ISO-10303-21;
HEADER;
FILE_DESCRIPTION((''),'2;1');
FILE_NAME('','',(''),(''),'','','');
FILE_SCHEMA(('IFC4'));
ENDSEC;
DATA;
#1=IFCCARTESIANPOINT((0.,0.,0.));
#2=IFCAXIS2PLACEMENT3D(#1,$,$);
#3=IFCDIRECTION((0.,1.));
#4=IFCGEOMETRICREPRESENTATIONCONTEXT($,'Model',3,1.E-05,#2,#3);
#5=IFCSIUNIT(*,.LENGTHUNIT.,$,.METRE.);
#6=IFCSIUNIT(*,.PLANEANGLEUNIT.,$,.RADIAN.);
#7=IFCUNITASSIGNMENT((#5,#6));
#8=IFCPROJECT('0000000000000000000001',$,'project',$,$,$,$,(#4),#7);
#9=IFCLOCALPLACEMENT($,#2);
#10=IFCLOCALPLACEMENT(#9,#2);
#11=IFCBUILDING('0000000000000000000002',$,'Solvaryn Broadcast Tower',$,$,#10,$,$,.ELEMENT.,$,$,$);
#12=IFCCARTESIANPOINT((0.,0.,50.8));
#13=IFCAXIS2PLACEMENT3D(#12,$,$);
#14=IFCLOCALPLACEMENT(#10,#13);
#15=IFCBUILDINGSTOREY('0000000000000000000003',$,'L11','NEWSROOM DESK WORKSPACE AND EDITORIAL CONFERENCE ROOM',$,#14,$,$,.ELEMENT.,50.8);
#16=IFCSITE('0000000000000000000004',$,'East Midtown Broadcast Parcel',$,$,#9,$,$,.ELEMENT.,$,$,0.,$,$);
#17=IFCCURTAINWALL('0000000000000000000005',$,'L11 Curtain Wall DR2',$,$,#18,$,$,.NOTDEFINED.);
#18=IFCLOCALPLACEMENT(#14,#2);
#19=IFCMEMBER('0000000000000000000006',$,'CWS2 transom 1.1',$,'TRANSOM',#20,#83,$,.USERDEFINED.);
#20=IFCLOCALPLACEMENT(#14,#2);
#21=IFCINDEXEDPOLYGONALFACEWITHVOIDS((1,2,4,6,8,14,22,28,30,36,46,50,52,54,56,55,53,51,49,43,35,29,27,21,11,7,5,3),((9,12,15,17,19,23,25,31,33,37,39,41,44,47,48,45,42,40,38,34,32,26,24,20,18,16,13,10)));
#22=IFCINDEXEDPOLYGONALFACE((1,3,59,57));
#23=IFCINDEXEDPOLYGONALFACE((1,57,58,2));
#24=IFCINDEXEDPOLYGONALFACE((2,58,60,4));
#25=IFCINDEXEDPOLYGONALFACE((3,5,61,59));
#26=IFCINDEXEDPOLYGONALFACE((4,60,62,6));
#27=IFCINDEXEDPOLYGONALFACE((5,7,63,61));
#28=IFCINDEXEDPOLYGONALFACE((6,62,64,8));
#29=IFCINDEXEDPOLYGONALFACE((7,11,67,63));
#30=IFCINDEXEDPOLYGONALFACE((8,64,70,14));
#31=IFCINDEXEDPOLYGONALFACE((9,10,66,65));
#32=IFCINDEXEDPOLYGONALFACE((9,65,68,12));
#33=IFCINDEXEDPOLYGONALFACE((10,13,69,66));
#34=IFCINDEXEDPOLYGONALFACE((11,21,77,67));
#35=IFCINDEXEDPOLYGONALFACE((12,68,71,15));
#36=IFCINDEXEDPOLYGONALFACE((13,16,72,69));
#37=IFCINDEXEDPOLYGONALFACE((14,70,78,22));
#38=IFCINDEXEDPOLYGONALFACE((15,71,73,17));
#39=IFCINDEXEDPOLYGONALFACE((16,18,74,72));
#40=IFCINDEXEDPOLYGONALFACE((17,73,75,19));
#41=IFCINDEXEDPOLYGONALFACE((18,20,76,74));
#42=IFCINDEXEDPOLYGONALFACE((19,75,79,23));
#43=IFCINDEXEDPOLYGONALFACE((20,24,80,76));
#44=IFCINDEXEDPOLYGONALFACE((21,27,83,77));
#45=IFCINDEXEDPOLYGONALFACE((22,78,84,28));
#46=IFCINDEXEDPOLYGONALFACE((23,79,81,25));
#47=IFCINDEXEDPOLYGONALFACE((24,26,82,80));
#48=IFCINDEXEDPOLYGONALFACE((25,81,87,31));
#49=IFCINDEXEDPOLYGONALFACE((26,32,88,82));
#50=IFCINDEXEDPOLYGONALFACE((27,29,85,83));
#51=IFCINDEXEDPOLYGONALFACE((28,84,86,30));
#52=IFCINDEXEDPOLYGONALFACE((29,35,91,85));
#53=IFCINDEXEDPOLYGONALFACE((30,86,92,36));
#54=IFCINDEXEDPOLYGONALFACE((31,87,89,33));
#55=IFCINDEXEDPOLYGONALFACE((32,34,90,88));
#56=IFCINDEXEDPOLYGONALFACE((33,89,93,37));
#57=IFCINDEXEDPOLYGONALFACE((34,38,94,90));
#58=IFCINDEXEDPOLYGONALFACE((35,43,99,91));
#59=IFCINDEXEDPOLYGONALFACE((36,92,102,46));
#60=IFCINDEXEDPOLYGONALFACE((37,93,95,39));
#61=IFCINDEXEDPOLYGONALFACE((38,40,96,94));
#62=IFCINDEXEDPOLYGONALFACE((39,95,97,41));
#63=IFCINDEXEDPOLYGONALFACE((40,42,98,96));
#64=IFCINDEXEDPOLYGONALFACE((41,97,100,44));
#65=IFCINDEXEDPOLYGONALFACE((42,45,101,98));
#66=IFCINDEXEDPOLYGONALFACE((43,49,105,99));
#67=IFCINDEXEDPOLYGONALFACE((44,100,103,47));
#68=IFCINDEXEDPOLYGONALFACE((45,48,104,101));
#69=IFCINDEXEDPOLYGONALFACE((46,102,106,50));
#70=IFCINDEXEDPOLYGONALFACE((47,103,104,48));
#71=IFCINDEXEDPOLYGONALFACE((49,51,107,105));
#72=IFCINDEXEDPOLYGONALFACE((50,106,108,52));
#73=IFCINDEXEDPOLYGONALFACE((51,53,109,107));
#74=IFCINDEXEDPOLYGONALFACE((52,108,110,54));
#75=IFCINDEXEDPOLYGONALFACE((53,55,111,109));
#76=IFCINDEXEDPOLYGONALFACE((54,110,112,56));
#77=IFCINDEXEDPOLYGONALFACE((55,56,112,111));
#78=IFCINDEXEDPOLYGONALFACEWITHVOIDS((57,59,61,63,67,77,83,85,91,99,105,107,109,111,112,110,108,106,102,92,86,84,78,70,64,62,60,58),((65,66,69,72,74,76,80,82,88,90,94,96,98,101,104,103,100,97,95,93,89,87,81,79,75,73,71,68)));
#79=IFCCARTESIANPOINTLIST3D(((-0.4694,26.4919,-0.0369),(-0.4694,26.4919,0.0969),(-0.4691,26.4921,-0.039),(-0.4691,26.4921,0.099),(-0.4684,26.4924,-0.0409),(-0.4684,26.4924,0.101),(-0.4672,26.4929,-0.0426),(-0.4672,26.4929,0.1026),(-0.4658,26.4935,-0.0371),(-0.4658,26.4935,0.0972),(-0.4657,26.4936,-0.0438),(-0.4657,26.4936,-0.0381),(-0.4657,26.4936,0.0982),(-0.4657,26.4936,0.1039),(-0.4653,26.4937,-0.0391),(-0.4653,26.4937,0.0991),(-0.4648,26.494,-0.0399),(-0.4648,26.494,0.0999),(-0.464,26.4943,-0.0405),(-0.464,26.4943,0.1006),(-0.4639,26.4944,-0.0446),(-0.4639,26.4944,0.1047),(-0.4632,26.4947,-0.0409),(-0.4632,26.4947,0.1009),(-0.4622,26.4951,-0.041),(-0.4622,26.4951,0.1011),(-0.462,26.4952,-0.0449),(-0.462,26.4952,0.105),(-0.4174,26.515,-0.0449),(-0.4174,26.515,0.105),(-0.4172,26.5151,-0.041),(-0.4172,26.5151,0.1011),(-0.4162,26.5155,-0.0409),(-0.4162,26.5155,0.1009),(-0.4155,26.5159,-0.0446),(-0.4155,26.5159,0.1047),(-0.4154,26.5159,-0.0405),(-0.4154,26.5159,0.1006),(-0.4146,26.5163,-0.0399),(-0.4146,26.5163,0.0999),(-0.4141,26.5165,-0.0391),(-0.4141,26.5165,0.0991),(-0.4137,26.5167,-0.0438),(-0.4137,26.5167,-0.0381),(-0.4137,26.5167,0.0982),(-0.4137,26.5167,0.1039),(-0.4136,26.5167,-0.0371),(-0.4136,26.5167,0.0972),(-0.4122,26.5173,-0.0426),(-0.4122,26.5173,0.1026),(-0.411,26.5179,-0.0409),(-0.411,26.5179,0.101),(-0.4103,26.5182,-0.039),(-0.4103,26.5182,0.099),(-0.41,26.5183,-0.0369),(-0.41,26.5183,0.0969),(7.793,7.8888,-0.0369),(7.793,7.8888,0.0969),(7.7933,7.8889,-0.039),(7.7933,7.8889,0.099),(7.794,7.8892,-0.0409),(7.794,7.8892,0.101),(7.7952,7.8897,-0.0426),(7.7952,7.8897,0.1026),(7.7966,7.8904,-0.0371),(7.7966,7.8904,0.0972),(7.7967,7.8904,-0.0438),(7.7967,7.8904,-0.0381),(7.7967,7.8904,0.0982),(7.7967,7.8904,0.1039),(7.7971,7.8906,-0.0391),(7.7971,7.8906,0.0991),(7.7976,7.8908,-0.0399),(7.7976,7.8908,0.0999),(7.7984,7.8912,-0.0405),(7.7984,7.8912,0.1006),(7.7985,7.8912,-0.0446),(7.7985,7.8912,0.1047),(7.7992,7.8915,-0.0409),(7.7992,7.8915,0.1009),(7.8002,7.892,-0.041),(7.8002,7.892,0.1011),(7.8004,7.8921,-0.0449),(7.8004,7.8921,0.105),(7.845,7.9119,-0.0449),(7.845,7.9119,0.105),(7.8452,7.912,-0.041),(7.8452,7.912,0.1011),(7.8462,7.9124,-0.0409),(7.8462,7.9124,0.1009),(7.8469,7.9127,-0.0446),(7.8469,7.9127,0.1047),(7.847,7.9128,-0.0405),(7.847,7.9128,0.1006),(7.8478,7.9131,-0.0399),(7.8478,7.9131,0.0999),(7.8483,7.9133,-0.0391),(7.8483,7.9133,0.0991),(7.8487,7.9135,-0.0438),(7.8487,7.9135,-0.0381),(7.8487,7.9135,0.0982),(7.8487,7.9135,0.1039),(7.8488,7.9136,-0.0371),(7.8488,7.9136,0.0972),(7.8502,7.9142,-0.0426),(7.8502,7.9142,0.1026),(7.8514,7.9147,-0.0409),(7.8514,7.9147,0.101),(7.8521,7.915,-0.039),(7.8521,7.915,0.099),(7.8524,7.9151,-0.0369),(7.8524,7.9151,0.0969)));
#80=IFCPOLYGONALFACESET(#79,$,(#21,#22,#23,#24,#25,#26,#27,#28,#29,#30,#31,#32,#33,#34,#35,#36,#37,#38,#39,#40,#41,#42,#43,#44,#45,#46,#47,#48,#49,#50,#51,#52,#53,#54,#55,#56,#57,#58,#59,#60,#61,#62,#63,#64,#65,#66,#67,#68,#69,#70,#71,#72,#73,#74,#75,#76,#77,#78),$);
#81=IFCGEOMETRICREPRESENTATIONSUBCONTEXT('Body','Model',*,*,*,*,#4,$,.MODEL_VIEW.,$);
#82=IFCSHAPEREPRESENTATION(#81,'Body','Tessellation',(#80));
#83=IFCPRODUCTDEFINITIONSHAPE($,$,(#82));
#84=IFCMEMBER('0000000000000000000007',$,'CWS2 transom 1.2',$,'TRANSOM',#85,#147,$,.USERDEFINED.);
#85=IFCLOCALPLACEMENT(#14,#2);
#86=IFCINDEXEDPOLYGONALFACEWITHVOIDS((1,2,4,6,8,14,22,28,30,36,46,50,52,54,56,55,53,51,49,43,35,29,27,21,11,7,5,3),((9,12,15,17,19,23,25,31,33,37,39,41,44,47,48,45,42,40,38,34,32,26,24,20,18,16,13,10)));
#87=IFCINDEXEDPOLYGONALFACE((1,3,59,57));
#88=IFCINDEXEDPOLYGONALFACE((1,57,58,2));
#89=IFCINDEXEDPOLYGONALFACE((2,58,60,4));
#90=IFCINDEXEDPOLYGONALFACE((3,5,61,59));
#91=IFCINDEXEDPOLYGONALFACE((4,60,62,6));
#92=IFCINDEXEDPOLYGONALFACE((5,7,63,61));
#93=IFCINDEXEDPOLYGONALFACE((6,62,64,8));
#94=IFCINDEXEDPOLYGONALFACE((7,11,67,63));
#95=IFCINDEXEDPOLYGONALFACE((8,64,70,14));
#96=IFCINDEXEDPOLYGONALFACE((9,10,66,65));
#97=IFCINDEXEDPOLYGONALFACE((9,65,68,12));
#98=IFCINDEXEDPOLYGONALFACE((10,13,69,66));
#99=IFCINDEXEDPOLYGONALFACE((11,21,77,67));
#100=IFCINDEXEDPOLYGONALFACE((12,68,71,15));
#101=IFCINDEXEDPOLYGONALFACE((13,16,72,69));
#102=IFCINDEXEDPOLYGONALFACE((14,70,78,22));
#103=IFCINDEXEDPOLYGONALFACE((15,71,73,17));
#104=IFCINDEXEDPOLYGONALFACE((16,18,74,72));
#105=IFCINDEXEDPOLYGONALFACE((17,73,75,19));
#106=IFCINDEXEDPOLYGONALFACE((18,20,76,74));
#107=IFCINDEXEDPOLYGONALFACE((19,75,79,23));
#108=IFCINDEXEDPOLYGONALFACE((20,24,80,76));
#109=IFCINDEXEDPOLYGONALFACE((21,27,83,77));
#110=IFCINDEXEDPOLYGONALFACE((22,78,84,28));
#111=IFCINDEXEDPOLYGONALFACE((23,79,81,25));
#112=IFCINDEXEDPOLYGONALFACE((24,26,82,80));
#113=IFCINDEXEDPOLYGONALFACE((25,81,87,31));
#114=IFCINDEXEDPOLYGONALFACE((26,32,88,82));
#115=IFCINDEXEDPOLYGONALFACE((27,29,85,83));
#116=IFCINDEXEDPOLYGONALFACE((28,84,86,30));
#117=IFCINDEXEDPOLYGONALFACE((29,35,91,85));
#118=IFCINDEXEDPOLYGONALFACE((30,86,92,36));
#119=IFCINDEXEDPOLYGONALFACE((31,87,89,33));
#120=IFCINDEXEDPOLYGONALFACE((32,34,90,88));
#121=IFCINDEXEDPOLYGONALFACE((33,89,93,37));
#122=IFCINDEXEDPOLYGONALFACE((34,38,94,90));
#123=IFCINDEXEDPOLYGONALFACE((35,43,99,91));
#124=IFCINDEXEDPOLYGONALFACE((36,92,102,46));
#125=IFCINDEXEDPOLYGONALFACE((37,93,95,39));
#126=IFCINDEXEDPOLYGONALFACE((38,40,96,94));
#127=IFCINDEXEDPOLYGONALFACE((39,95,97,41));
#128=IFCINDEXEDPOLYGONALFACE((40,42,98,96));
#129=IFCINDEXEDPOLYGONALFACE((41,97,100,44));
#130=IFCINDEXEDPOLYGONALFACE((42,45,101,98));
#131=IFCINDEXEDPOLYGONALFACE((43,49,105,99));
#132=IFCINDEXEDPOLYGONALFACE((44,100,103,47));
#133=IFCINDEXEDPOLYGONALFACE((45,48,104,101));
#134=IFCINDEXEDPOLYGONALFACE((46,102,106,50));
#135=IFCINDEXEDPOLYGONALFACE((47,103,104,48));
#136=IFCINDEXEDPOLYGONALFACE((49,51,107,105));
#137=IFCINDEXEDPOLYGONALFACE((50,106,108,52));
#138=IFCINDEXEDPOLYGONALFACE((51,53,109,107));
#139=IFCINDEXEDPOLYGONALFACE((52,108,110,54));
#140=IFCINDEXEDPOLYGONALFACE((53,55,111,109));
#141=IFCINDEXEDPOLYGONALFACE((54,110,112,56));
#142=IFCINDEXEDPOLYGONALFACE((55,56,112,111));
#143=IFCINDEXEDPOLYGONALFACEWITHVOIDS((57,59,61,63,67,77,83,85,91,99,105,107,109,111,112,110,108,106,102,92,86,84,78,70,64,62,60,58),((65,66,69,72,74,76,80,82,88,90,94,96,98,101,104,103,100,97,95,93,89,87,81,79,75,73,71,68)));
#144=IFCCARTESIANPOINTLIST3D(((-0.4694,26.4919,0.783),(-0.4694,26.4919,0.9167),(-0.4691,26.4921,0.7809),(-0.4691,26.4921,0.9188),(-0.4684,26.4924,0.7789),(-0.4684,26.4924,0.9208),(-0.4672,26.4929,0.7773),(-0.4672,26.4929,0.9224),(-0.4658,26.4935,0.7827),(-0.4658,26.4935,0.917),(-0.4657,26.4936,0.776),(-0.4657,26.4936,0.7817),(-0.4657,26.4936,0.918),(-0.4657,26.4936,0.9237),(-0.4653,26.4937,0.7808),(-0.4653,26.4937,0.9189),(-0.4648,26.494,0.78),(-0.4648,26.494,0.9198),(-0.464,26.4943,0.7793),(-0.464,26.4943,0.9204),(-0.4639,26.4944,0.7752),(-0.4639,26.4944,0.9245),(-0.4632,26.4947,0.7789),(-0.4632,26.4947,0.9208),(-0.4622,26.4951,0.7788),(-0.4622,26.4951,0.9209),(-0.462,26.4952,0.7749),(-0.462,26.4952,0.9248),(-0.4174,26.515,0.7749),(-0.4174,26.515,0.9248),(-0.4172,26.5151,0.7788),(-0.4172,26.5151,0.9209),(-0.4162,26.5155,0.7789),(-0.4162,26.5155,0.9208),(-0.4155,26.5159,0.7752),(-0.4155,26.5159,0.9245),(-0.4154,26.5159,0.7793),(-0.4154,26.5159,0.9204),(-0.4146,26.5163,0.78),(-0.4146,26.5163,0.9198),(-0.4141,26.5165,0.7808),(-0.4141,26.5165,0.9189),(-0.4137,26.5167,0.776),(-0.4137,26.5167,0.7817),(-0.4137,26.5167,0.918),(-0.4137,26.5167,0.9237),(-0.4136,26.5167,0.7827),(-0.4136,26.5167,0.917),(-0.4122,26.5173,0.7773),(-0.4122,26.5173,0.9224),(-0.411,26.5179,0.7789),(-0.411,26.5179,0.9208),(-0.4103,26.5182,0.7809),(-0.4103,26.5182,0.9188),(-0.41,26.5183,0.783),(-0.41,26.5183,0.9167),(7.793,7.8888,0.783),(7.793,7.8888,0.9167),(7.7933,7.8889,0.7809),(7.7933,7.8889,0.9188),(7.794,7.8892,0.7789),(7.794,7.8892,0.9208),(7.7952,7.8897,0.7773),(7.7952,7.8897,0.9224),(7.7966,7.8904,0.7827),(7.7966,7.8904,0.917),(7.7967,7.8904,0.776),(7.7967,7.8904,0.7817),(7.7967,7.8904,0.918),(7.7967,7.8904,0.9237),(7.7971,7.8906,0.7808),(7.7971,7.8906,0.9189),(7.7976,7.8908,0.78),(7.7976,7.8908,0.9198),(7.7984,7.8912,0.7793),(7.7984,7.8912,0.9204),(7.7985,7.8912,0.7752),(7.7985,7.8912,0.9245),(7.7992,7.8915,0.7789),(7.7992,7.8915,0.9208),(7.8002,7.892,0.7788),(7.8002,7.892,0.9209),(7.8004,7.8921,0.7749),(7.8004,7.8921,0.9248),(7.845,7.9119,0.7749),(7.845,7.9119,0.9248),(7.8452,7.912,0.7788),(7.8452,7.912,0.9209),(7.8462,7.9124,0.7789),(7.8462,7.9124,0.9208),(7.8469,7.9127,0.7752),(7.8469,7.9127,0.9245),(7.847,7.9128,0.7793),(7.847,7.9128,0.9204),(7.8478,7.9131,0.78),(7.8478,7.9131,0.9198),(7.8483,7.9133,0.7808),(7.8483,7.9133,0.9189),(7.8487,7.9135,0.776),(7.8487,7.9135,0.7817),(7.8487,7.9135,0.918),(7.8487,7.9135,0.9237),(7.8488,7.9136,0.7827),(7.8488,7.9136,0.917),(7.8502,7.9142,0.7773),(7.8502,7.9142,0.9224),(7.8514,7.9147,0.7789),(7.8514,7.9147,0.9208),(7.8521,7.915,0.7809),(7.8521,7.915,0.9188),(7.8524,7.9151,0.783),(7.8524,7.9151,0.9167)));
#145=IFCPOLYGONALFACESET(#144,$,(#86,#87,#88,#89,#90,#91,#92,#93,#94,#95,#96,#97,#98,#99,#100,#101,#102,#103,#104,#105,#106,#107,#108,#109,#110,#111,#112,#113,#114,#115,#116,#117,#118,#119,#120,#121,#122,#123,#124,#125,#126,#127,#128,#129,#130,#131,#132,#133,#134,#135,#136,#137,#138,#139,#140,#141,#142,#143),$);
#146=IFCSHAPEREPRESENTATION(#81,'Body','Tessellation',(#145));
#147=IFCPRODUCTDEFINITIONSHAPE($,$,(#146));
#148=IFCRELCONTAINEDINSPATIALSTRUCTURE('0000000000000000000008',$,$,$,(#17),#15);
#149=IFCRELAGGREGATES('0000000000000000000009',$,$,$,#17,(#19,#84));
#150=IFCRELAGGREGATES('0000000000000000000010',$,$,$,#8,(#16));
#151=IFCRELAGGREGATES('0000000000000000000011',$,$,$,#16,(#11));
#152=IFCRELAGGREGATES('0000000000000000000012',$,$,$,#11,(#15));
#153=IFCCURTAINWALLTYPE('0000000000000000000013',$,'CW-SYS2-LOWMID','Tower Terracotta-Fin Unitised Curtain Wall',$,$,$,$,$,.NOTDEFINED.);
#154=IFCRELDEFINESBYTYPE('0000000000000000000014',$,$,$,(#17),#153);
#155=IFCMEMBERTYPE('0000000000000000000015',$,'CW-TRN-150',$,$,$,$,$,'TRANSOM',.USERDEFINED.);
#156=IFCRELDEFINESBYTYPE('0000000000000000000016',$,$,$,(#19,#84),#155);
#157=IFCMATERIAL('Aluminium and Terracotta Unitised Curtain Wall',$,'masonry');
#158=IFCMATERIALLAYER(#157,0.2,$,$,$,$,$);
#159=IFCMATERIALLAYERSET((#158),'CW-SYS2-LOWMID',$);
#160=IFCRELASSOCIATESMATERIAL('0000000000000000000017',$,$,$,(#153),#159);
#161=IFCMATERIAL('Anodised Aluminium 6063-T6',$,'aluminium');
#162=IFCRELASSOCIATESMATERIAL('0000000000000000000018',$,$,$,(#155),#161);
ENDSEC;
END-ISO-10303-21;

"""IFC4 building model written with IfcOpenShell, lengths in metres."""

from ifc_helpers import new_model, si_unit, direction, frame, origin, origin_2d, place, context, subcontext, project, spatial, hollow_rectangle, extrude, material, layer, layer_set, material_profile, profile_set, type_object, element, aggregate, save


model = new_model("IFC4")

# Units and contexts
model_context = context("Model", 3, precision=1e-05, world=origin(), true_north=direction((0.0, 1.0)))
body_context = subcontext(model_context, "Body", "Model", "MODEL_VIEW")
ifc_project = project(units=[si_unit("LENGTHUNIT", "METRE"), si_unit("PLANEANGLEUNIT", "RADIAN")], contexts=[model_context])

# Site, building, storey
site_placement = place(None, origin())
site = spatial("IfcSite", under=ifc_project, at=site_placement, Name="East Midtown Broadcast Parcel", CompositionType="ELEMENT", RefElevation=0.0)
building_placement = place(site_placement, origin())
building = spatial("IfcBuilding", under=site, at=building_placement, Name="Solvaryn Broadcast Tower", CompositionType="ELEMENT")
storey_placement = place(building_placement, frame((0.0, 0.0, 50.8)))
storey = spatial("IfcBuildingStorey", under=building, at=storey_placement, Name="L11", Description="NEWSROOM DESK WORKSPACE AND EDITORIAL CONFERENCE ROOM", CompositionType="ELEMENT", Elevation=50.8)

# Shared definitions
ifc_material_1 = material(Name="Aluminium and Terracotta Unitised Curtain Wall", Category="masonry")
ifc_layer_1 = layer(ifc_material_1, 0.2)
ifc_layer_set_1 = layer_set([ifc_layer_1], Name="CW-SYS2-LOWMID")
curtain_wall_type = type_object("IfcCurtainWallType", Name="CW-SYS2-LOWMID", Description="Tower Terracotta-Fin Unitised Curtain Wall", PredefinedType="NOTDEFINED", material=ifc_layer_set_1)

# Curtain wall, members
curtain_wall_1_placement = place(storey_placement, origin())
curtain_wall_1 = element("IfcCurtainWall", 1, at=curtain_wall_1_placement, inside=storey, type_object=curtain_wall_type, Name="L11 Curtain Wall DR2", PredefinedType="NOTDEFINED")
ifc_material_2 = material(Name="Anodised Aluminium 6063-T6", Category="aluminium")
ifc_material_profile_1 = material_profile(ifc_material_2, hollow_rectangle(XDim=0.0649, YDim=0.1499, WallThickness=0.0039, InnerFilletRadius=0.0039, OuterFilletRadius=0.0081, at=origin_2d()))
ifc_profile_set_1 = profile_set([ifc_material_profile_1], Name="Anodised Aluminium 6063-T6")
member_type_1 = type_object("IfcMemberType", Name="CW-TRN-150", ElementType="TRANSOM", PredefinedType="USERDEFINED", material=ifc_profile_set_1)
member_1_placement = place(storey_placement, frame((-0.4397, 26.5051, 0.03), z_axis=(0.405906, -0.913915, 0.0), x_axis=(0.913915, 0.405906, 0.0)))
member_1 = element("IfcMember", 2, at=member_1_placement, type_object=member_type_1, Name="CWS2 transom 1.1", ObjectType="TRANSOM", PredefinedType="USERDEFINED", context=body_context, shape_type="SweptSolid", body=[
    extrude(hollow_rectangle(XDim=0.0649, YDim=0.1499, WallThickness=0.0039, InnerFilletRadius=0.0039, OuterFilletRadius=0.0081, at=origin_2d()), origin(), (0.0, 0.0, 1.0), 20.3555),
])
member_2_placement = place(storey_placement, frame((-0.4397, 26.5051, 0.8499), z_axis=(0.405906, -0.913915, 0.0), x_axis=(0.913915, 0.405906, 0.0)))
member_2 = element("IfcMember", 3, at=member_2_placement, type_object=member_type_1, Name="CWS2 transom 1.2", ObjectType="TRANSOM", PredefinedType="USERDEFINED", context=body_context, shape_type="SweptSolid", body=[
    extrude(hollow_rectangle(XDim=0.0649, YDim=0.1499, WallThickness=0.0039, InnerFilletRadius=0.0039, OuterFilletRadius=0.0081, at=origin_2d()), origin(), (0.0, 0.0, 1.0), 20.3555),
])
aggregate(curtain_wall_1, [member_1, member_2])

save(model, "model.ifc")
